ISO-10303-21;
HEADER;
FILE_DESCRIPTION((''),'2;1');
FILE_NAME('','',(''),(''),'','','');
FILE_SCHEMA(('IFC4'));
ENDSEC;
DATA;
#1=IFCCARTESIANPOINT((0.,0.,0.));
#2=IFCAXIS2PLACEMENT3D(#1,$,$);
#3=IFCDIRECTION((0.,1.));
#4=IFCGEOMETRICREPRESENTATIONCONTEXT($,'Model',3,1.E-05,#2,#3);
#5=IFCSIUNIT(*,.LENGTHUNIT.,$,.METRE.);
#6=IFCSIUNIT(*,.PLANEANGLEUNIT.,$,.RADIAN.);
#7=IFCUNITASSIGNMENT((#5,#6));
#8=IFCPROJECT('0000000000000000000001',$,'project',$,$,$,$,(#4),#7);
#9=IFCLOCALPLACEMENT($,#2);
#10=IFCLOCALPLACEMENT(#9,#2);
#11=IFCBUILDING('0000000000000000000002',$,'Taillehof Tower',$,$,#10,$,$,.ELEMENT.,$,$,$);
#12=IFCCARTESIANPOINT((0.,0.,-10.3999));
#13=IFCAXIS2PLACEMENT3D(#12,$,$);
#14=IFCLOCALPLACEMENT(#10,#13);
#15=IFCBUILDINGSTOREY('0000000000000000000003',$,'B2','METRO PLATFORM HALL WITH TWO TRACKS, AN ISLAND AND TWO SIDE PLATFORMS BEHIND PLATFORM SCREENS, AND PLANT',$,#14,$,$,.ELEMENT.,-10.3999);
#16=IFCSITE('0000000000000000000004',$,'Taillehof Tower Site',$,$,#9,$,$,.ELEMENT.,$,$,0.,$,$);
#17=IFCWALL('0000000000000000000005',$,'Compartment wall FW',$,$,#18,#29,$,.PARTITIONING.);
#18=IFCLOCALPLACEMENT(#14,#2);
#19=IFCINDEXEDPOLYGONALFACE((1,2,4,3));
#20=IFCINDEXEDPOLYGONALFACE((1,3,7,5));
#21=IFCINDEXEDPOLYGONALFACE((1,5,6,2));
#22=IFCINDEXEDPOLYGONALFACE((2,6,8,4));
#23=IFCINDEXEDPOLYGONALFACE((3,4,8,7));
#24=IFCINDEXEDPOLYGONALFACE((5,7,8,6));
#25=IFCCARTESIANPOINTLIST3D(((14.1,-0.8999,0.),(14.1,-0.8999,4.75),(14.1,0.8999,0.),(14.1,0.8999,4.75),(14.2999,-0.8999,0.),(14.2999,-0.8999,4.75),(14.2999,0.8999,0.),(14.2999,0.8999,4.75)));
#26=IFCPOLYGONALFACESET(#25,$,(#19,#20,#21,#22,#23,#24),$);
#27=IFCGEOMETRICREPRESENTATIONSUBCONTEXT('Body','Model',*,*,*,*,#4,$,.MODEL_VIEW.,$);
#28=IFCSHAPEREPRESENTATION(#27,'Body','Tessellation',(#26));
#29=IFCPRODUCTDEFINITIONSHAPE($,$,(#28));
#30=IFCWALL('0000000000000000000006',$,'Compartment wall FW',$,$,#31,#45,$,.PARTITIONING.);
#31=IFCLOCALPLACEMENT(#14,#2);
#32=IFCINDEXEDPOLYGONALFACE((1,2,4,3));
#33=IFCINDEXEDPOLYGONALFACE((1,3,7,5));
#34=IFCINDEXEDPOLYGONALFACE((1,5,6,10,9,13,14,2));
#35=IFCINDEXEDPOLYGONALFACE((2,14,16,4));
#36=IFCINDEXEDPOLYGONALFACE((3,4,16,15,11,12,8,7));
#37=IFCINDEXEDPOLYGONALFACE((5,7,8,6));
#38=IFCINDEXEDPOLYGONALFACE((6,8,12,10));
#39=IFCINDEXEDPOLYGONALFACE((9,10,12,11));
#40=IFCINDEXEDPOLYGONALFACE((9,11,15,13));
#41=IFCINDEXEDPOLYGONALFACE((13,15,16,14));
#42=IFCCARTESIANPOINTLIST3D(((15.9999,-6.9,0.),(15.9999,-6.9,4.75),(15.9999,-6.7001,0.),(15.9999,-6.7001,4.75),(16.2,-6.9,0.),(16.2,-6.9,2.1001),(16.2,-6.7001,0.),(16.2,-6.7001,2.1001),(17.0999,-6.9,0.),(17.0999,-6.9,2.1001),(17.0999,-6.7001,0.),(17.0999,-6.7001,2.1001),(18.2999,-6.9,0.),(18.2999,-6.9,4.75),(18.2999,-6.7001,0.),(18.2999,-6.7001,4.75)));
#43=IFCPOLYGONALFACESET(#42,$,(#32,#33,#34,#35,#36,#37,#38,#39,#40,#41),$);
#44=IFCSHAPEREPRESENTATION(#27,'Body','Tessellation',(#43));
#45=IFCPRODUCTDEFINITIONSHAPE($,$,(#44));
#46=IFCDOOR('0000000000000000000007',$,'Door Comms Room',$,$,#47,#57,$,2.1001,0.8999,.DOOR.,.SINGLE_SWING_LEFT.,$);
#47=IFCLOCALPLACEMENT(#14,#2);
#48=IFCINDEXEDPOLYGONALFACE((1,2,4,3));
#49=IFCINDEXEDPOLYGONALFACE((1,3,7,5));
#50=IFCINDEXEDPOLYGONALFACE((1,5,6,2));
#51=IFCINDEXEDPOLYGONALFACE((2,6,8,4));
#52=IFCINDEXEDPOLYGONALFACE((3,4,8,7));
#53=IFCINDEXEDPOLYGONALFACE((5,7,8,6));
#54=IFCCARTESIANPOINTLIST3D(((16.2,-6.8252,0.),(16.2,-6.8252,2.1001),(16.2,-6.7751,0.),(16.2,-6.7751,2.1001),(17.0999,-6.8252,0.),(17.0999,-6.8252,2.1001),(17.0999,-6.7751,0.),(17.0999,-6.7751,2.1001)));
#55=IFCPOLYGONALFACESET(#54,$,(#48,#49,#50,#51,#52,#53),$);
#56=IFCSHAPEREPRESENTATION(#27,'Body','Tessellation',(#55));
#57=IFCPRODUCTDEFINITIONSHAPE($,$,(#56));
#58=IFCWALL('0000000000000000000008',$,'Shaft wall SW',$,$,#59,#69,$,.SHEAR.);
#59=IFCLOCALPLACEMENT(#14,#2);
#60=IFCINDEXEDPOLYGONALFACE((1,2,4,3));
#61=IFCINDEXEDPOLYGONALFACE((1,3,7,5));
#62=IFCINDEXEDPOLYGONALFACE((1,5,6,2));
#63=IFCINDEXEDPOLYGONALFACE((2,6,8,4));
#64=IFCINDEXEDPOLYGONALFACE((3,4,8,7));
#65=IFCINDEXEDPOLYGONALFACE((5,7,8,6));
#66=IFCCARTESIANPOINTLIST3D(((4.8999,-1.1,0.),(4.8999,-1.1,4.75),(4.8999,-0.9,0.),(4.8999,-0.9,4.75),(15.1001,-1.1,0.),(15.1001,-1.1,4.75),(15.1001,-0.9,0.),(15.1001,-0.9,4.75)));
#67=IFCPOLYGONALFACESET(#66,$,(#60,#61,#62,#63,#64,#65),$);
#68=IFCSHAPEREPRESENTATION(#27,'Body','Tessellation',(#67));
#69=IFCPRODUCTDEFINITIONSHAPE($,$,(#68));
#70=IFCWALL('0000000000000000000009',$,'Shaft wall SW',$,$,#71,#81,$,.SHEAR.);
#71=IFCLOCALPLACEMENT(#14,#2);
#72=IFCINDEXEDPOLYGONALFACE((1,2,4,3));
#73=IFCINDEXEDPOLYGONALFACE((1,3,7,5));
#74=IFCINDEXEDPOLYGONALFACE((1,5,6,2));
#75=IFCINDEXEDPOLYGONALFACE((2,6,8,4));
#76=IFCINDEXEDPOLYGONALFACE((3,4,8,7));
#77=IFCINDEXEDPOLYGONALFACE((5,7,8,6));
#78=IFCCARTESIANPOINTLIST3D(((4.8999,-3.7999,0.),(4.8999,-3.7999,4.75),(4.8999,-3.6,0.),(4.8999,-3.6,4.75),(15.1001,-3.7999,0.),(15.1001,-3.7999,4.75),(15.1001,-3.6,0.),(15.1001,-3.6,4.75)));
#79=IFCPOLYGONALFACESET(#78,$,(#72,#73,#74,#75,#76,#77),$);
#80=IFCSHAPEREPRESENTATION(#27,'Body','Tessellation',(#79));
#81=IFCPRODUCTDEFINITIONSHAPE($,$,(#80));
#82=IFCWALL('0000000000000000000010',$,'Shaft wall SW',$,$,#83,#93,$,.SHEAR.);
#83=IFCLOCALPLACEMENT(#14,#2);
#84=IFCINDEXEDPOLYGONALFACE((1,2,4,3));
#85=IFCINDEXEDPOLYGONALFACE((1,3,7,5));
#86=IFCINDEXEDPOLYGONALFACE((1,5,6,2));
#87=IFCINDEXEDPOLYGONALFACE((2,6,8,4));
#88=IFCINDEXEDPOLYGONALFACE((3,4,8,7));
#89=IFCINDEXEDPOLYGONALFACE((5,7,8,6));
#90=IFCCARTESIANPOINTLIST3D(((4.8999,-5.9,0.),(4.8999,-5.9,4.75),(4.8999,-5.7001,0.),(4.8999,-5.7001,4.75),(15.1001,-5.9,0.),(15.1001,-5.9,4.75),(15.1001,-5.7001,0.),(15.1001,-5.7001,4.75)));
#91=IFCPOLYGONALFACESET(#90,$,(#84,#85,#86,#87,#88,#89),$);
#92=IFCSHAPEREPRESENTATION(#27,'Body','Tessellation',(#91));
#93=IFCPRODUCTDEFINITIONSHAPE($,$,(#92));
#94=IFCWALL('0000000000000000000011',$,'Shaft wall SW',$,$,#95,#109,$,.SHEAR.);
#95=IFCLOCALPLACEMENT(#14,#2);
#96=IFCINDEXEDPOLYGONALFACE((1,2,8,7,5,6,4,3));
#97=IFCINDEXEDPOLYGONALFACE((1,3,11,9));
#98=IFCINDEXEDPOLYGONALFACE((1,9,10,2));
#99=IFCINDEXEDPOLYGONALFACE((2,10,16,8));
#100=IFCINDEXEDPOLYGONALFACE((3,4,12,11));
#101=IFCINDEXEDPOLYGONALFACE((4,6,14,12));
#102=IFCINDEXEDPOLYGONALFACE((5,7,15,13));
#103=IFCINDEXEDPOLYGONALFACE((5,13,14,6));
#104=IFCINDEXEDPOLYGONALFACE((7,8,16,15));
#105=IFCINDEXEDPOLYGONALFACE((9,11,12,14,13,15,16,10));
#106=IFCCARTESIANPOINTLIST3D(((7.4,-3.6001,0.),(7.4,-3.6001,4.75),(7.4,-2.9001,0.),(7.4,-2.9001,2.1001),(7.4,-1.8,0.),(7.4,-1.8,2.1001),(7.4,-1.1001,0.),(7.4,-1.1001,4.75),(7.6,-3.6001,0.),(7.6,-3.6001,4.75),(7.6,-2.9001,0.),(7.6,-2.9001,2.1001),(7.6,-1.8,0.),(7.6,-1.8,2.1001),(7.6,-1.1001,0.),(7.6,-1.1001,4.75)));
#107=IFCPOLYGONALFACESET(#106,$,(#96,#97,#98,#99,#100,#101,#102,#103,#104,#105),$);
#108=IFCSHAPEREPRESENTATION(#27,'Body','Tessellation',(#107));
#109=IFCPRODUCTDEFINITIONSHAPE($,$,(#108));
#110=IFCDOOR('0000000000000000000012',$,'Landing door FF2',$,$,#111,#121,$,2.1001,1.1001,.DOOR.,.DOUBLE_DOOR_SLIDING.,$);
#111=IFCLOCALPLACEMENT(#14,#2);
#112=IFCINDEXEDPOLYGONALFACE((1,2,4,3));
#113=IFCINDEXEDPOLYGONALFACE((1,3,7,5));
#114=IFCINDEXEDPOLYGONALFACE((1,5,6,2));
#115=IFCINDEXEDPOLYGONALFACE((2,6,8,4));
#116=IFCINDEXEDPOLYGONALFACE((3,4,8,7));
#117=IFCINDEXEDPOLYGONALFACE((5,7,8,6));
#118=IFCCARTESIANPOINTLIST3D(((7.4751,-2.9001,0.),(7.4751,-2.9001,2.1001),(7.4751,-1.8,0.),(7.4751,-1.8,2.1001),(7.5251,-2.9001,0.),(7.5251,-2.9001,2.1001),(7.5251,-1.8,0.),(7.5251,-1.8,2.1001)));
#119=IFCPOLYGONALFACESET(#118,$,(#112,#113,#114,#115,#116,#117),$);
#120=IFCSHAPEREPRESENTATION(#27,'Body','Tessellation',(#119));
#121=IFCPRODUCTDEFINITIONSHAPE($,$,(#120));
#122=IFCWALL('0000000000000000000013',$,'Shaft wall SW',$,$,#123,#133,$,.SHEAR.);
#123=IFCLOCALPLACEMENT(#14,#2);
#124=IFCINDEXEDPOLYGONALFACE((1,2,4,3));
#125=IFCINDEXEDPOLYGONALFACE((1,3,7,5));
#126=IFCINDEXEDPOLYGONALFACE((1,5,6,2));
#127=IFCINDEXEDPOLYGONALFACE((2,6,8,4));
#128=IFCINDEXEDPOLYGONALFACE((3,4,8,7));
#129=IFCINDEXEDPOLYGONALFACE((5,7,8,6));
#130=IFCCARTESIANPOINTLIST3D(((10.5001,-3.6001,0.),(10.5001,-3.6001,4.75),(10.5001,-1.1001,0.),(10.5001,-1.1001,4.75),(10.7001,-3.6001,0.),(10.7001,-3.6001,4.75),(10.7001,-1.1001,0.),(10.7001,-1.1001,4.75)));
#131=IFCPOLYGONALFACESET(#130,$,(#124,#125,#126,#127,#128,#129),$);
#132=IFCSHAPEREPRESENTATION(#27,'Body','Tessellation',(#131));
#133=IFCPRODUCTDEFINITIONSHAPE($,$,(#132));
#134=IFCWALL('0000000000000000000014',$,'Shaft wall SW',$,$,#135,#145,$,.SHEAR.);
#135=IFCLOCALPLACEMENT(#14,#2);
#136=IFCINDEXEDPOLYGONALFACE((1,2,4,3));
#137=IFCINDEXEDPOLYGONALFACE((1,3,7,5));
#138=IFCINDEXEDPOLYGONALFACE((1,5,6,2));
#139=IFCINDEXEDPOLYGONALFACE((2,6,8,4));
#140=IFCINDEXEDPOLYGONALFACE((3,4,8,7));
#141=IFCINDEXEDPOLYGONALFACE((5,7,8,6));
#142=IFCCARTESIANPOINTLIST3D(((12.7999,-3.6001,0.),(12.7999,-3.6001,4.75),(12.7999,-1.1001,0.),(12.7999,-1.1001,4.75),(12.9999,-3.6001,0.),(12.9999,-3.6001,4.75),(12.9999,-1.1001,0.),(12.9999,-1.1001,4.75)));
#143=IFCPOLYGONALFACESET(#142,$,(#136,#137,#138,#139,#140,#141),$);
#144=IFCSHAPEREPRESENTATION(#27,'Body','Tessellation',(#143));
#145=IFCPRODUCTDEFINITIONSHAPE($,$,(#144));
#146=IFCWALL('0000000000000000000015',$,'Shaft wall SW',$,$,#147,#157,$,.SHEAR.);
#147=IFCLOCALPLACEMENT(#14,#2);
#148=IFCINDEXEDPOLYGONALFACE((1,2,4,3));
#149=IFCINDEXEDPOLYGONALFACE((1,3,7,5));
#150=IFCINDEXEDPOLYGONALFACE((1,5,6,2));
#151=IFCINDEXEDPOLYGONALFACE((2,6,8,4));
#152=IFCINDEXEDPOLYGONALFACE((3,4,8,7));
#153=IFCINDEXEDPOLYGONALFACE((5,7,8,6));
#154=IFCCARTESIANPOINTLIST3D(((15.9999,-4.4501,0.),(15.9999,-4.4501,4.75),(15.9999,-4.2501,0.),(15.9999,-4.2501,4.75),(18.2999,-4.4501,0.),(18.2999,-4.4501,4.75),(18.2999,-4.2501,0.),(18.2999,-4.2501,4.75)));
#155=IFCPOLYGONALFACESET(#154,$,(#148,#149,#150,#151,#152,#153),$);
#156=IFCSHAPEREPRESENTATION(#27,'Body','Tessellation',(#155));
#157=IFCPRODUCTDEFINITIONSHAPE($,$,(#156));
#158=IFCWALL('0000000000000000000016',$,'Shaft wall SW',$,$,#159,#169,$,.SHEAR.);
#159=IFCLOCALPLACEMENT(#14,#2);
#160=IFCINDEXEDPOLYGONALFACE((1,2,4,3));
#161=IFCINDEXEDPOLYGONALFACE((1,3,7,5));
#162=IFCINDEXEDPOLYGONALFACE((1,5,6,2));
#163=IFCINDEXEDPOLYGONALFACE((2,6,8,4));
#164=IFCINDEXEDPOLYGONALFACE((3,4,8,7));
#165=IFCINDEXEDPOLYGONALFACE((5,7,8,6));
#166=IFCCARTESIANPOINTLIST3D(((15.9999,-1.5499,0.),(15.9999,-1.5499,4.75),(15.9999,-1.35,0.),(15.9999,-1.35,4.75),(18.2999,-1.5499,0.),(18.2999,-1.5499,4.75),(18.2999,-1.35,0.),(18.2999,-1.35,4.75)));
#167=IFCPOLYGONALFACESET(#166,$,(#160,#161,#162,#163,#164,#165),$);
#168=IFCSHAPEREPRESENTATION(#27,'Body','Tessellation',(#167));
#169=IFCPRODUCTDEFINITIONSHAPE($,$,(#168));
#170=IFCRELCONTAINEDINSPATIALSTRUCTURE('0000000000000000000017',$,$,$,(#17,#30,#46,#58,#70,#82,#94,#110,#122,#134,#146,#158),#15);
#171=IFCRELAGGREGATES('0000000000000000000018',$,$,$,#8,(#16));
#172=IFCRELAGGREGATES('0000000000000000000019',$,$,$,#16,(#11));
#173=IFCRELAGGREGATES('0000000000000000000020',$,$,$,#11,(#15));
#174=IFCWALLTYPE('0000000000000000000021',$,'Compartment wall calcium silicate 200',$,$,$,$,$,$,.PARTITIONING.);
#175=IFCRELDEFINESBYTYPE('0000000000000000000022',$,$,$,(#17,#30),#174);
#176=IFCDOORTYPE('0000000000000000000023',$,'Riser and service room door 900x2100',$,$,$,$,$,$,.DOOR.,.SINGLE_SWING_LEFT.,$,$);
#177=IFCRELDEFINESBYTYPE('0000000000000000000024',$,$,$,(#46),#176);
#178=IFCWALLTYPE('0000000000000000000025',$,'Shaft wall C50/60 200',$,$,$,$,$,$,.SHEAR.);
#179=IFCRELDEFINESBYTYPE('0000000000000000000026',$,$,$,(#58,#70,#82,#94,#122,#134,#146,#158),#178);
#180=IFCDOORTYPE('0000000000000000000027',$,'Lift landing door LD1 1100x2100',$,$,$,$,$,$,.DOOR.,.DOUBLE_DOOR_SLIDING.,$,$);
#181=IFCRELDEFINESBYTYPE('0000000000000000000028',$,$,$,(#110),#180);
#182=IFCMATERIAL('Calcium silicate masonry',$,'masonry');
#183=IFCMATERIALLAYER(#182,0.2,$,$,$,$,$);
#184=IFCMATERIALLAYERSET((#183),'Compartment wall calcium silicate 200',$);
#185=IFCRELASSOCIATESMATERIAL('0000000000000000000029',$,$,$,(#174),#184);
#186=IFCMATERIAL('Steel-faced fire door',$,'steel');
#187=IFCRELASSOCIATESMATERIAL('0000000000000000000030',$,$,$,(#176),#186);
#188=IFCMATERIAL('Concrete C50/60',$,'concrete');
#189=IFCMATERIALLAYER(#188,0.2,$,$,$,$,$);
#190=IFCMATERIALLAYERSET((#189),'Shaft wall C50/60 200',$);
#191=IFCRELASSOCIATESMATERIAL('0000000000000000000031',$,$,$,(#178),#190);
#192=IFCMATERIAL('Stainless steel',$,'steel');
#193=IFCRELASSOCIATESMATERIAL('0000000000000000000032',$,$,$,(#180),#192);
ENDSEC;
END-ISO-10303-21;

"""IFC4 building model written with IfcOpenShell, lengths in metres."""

from ifc_helpers import new_model, si_unit, direction, frame, frame_2d, origin, place, context, subcontext, project, spatial, rectangle, extrude, material, layer, layer_set, type_object, element, fill, save


model = new_model("IFC4")

# Units and contexts
model_context = context("Model", 3, precision=1e-05, world=origin(), true_north=direction((0.0, 1.0)))
body_context = subcontext(model_context, "Body", "Model", "MODEL_VIEW")
ifc_project = project(units=[si_unit("LENGTHUNIT", "METRE"), si_unit("PLANEANGLEUNIT", "RADIAN")], contexts=[model_context])

# Site, building, storey
site_placement = place(None, origin())
site = spatial("IfcSite", under=ifc_project, at=site_placement, Name="Taillehof Tower Site", CompositionType="ELEMENT", RefElevation=0.0)
building_placement = place(site_placement, origin())
building = spatial("IfcBuilding", under=site, at=building_placement, Name="Taillehof Tower", CompositionType="ELEMENT")
storey_placement = place(building_placement, frame((0.0, 0.0, -10.3999)))
storey = spatial("IfcBuildingStorey", under=building, at=storey_placement, Name="B2", Description="METRO PLATFORM HALL WITH TWO TRACKS, AN ISLAND AND TWO SIDE PLATFORMS BEHIND PLATFORM SCREENS, AND PLANT", CompositionType="ELEMENT", Elevation=-10.3999)

# Shared definitions
ifc_material_1 = material(Name="Calcium silicate masonry", Category="masonry")
ifc_layer_1 = layer(ifc_material_1, 0.2)
ifc_layer_set_1 = layer_set([ifc_layer_1], Name="Compartment wall calcium silicate 200")
wall_type_1 = type_object("IfcWallType", Name="Compartment wall calcium silicate 200", PredefinedType="PARTITIONING", material=ifc_layer_set_1)
ifc_material_2 = material(Name="Steel-faced fire door", Category="steel")
door_type_1 = type_object("IfcDoorType", Name="Riser and service room door 900x2100", OperationType="SINGLE_SWING_LEFT", PredefinedType="DOOR", material=ifc_material_2)

# Wall
wall_1_placement = place(storey_placement, frame((14.2, -0.8999, 0.0), z_axis=(0.0, 0.0, 1.0), x_axis=(0.0, 1.0, 0.0)))
element("IfcWall", 1, at=wall_1_placement, inside=storey, type_object=wall_type_1, Name="Compartment wall FW", PredefinedType="PARTITIONING", context=body_context, shape_type="SweptSolid", body=[
    extrude(rectangle(XDim=1.7998, YDim=0.2, at=frame_2d((0.8999, 0.0))), origin(), (0.0, 0.0, 1.0), 4.75),
])

# Wall, opening, door
wall_2_placement = place(storey_placement, frame((16.0, -6.8, 0.0), z_axis=(0.0, 0.0, 1.0), x_axis=(1.0, 0.0, 0.0)))
wall_2 = element("IfcWall", 2, at=wall_2_placement, inside=storey, type_object=wall_type_1, Name="Compartment wall FW", PredefinedType="PARTITIONING", context=body_context, shape_type="SweptSolid", body=[
    extrude(rectangle(XDim=2.3, YDim=0.2, at=frame_2d((1.1499, 0.0))), origin(), (0.0, 0.0, 1.0), 4.75),
])
opening_1_placement = place(wall_2_placement, frame((0.2, 0.0, 0.0)))
opening_1 = element("IfcOpeningElement", 3, at=opening_1_placement, cuts=wall_2, PredefinedType="OPENING", context=body_context, shape_type="SweptSolid", body=[
    extrude(rectangle(XDim=0.8999, YDim=2.1001, at=frame_2d((0.45, 1.05))), frame((0.0, 0.1099, 0.0), z_axis=(0.0, -1.0, 0.0), x_axis=(1.0, 0.0, 0.0)), (0.0, 0.0, 1.0), 0.22),
])
door_1_placement = place(opening_1_placement, origin())
door_1 = element("IfcDoor", 4, at=door_1_placement, inside=storey, type_object=door_type_1, Name="Door Comms Room", OperationType="SINGLE_SWING_LEFT", OverallHeight=2.1001, OverallWidth=0.8999, PredefinedType="DOOR", context=body_context, shape_type="SweptSolid", body=[
    extrude(rectangle(XDim=0.8999, YDim=2.1001, at=frame_2d((0.45, 1.05))), frame((0.0, 0.0249, 0.0), z_axis=(0.0, -1.0, 0.0), x_axis=(1.0, 0.0, 0.0)), (0.0, 0.0, 1.0), 0.05),
])
fill(opening_1, door_1)

# Walls
ifc_material_3 = material(Name="Concrete C50/60", Category="concrete")
ifc_layer_2 = layer(ifc_material_3, 0.2)
ifc_layer_set_2 = layer_set([ifc_layer_2], Name="Shaft wall C50/60 200")
wall_type_2 = type_object("IfcWallType", Name="Shaft wall C50/60 200", PredefinedType="SHEAR", material=ifc_layer_set_2)
for number, where, z_axis, x_axis, name in (
    (5, (4.8999, -1.0, 0.0), (0.0, 0.0, 1.0), (1.0, 0.0, 0.0), "Shaft wall SW"),
    (6, (4.8999, -3.7, 0.0), (0.0, 0.0, 1.0), (1.0, 0.0, 0.0), "Shaft wall SW"),
    (7, (4.8999, -5.8, 0.0), (0.0, 0.0, 1.0), (1.0, 0.0, 0.0), "Shaft wall SW"),
):
    element("IfcWall", number, at=place(storey_placement, frame(where, z_axis=z_axis, x_axis=x_axis)), inside=storey, type_object=wall_type_2, Name=name, PredefinedType="SHEAR", context=body_context, shape_type="SweptSolid", body=[
        extrude(rectangle(XDim=10.2002, YDim=0.2, at=frame_2d((5.1001, 0.0))), origin(), (0.0, 0.0, 1.0), 4.75),
    ])

# Wall, opening, door
wall_3_placement = place(storey_placement, frame((7.5, -3.6001, 0.0), z_axis=(0.0, 0.0, 1.0), x_axis=(0.0, 1.0, 0.0)))
wall_3 = element("IfcWall", 8, at=wall_3_placement, inside=storey, type_object=wall_type_2, Name="Shaft wall SW", PredefinedType="SHEAR", context=body_context, shape_type="SweptSolid", body=[
    extrude(rectangle(XDim=2.5, YDim=0.2, at=frame_2d((1.25, 0.0))), origin(), (0.0, 0.0, 1.0), 4.75),
])
opening_2_placement = place(wall_3_placement, frame((0.7, 0.0, 0.0)))
opening_2 = element("IfcOpeningElement", 9, at=opening_2_placement, cuts=wall_3, PredefinedType="OPENING", context=body_context, shape_type="SweptSolid", body=[
    extrude(rectangle(XDim=1.1001, YDim=2.1001, at=frame_2d((0.55, 1.05))), frame((0.0, 0.1099, 0.0), z_axis=(0.0, -1.0, 0.0), x_axis=(1.0, 0.0, 0.0)), (0.0, 0.0, 1.0), 0.22),
])
ifc_material_4 = material(Name="Stainless steel", Category="steel")
door_type_2 = type_object("IfcDoorType", Name="Lift landing door LD1 1100x2100", OperationType="DOUBLE_DOOR_SLIDING", PredefinedType="DOOR", material=ifc_material_4)
door_2_placement = place(opening_2_placement, origin())
door_2 = element("IfcDoor", 10, at=door_2_placement, inside=storey, type_object=door_type_2, Name="Landing door FF2", OperationType="DOUBLE_DOOR_SLIDING", OverallHeight=2.1001, OverallWidth=1.1001, PredefinedType="DOOR", context=body_context, shape_type="SweptSolid", body=[
    extrude(rectangle(XDim=1.1001, YDim=2.1001, at=frame_2d((0.55, 1.05))), frame((0.0, 0.0249, 0.0), z_axis=(0.0, -1.0, 0.0), x_axis=(1.0, 0.0, 0.0)), (0.0, 0.0, 1.0), 0.05),
])
fill(opening_2, door_2)

# Walls
for number, where, z_axis, x_axis, name in (
    (11, (10.6001, -3.6001, 0.0), (0.0, 0.0, 1.0), (0.0, 1.0, 0.0), "Shaft wall SW"),
    (12, (12.8999, -3.6001, 0.0), (0.0, 0.0, 1.0), (0.0, 1.0, 0.0), "Shaft wall SW"),
):
    element("IfcWall", number, at=place(storey_placement, frame(where, z_axis=z_axis, x_axis=x_axis)), inside=storey, type_object=wall_type_2, Name=name, PredefinedType="SHEAR", context=body_context, shape_type="SweptSolid", body=[
        extrude(rectangle(XDim=2.5, YDim=0.2, at=frame_2d((1.25, 0.0))), origin(), (0.0, 0.0, 1.0), 4.75),
    ])
for number, where, z_axis, x_axis, name in (
    (13, (16.0, -4.3501, 0.0), (0.0, 0.0, 1.0), (1.0, 0.0, 0.0), "Shaft wall SW"),
    (14, (16.0, -1.45, 0.0), (0.0, 0.0, 1.0), (1.0, 0.0, 0.0), "Shaft wall SW"),
):
    element("IfcWall", number, at=place(storey_placement, frame(where, z_axis=z_axis, x_axis=x_axis)), inside=storey, type_object=wall_type_2, Name=name, PredefinedType="SHEAR", context=body_context, shape_type="SweptSolid", body=[
        extrude(rectangle(XDim=2.3, YDim=0.2, at=frame_2d((1.1499, 0.0))), origin(), (0.0, 0.0, 1.0), 4.75),
    ])

save(model, "model.ifc")
